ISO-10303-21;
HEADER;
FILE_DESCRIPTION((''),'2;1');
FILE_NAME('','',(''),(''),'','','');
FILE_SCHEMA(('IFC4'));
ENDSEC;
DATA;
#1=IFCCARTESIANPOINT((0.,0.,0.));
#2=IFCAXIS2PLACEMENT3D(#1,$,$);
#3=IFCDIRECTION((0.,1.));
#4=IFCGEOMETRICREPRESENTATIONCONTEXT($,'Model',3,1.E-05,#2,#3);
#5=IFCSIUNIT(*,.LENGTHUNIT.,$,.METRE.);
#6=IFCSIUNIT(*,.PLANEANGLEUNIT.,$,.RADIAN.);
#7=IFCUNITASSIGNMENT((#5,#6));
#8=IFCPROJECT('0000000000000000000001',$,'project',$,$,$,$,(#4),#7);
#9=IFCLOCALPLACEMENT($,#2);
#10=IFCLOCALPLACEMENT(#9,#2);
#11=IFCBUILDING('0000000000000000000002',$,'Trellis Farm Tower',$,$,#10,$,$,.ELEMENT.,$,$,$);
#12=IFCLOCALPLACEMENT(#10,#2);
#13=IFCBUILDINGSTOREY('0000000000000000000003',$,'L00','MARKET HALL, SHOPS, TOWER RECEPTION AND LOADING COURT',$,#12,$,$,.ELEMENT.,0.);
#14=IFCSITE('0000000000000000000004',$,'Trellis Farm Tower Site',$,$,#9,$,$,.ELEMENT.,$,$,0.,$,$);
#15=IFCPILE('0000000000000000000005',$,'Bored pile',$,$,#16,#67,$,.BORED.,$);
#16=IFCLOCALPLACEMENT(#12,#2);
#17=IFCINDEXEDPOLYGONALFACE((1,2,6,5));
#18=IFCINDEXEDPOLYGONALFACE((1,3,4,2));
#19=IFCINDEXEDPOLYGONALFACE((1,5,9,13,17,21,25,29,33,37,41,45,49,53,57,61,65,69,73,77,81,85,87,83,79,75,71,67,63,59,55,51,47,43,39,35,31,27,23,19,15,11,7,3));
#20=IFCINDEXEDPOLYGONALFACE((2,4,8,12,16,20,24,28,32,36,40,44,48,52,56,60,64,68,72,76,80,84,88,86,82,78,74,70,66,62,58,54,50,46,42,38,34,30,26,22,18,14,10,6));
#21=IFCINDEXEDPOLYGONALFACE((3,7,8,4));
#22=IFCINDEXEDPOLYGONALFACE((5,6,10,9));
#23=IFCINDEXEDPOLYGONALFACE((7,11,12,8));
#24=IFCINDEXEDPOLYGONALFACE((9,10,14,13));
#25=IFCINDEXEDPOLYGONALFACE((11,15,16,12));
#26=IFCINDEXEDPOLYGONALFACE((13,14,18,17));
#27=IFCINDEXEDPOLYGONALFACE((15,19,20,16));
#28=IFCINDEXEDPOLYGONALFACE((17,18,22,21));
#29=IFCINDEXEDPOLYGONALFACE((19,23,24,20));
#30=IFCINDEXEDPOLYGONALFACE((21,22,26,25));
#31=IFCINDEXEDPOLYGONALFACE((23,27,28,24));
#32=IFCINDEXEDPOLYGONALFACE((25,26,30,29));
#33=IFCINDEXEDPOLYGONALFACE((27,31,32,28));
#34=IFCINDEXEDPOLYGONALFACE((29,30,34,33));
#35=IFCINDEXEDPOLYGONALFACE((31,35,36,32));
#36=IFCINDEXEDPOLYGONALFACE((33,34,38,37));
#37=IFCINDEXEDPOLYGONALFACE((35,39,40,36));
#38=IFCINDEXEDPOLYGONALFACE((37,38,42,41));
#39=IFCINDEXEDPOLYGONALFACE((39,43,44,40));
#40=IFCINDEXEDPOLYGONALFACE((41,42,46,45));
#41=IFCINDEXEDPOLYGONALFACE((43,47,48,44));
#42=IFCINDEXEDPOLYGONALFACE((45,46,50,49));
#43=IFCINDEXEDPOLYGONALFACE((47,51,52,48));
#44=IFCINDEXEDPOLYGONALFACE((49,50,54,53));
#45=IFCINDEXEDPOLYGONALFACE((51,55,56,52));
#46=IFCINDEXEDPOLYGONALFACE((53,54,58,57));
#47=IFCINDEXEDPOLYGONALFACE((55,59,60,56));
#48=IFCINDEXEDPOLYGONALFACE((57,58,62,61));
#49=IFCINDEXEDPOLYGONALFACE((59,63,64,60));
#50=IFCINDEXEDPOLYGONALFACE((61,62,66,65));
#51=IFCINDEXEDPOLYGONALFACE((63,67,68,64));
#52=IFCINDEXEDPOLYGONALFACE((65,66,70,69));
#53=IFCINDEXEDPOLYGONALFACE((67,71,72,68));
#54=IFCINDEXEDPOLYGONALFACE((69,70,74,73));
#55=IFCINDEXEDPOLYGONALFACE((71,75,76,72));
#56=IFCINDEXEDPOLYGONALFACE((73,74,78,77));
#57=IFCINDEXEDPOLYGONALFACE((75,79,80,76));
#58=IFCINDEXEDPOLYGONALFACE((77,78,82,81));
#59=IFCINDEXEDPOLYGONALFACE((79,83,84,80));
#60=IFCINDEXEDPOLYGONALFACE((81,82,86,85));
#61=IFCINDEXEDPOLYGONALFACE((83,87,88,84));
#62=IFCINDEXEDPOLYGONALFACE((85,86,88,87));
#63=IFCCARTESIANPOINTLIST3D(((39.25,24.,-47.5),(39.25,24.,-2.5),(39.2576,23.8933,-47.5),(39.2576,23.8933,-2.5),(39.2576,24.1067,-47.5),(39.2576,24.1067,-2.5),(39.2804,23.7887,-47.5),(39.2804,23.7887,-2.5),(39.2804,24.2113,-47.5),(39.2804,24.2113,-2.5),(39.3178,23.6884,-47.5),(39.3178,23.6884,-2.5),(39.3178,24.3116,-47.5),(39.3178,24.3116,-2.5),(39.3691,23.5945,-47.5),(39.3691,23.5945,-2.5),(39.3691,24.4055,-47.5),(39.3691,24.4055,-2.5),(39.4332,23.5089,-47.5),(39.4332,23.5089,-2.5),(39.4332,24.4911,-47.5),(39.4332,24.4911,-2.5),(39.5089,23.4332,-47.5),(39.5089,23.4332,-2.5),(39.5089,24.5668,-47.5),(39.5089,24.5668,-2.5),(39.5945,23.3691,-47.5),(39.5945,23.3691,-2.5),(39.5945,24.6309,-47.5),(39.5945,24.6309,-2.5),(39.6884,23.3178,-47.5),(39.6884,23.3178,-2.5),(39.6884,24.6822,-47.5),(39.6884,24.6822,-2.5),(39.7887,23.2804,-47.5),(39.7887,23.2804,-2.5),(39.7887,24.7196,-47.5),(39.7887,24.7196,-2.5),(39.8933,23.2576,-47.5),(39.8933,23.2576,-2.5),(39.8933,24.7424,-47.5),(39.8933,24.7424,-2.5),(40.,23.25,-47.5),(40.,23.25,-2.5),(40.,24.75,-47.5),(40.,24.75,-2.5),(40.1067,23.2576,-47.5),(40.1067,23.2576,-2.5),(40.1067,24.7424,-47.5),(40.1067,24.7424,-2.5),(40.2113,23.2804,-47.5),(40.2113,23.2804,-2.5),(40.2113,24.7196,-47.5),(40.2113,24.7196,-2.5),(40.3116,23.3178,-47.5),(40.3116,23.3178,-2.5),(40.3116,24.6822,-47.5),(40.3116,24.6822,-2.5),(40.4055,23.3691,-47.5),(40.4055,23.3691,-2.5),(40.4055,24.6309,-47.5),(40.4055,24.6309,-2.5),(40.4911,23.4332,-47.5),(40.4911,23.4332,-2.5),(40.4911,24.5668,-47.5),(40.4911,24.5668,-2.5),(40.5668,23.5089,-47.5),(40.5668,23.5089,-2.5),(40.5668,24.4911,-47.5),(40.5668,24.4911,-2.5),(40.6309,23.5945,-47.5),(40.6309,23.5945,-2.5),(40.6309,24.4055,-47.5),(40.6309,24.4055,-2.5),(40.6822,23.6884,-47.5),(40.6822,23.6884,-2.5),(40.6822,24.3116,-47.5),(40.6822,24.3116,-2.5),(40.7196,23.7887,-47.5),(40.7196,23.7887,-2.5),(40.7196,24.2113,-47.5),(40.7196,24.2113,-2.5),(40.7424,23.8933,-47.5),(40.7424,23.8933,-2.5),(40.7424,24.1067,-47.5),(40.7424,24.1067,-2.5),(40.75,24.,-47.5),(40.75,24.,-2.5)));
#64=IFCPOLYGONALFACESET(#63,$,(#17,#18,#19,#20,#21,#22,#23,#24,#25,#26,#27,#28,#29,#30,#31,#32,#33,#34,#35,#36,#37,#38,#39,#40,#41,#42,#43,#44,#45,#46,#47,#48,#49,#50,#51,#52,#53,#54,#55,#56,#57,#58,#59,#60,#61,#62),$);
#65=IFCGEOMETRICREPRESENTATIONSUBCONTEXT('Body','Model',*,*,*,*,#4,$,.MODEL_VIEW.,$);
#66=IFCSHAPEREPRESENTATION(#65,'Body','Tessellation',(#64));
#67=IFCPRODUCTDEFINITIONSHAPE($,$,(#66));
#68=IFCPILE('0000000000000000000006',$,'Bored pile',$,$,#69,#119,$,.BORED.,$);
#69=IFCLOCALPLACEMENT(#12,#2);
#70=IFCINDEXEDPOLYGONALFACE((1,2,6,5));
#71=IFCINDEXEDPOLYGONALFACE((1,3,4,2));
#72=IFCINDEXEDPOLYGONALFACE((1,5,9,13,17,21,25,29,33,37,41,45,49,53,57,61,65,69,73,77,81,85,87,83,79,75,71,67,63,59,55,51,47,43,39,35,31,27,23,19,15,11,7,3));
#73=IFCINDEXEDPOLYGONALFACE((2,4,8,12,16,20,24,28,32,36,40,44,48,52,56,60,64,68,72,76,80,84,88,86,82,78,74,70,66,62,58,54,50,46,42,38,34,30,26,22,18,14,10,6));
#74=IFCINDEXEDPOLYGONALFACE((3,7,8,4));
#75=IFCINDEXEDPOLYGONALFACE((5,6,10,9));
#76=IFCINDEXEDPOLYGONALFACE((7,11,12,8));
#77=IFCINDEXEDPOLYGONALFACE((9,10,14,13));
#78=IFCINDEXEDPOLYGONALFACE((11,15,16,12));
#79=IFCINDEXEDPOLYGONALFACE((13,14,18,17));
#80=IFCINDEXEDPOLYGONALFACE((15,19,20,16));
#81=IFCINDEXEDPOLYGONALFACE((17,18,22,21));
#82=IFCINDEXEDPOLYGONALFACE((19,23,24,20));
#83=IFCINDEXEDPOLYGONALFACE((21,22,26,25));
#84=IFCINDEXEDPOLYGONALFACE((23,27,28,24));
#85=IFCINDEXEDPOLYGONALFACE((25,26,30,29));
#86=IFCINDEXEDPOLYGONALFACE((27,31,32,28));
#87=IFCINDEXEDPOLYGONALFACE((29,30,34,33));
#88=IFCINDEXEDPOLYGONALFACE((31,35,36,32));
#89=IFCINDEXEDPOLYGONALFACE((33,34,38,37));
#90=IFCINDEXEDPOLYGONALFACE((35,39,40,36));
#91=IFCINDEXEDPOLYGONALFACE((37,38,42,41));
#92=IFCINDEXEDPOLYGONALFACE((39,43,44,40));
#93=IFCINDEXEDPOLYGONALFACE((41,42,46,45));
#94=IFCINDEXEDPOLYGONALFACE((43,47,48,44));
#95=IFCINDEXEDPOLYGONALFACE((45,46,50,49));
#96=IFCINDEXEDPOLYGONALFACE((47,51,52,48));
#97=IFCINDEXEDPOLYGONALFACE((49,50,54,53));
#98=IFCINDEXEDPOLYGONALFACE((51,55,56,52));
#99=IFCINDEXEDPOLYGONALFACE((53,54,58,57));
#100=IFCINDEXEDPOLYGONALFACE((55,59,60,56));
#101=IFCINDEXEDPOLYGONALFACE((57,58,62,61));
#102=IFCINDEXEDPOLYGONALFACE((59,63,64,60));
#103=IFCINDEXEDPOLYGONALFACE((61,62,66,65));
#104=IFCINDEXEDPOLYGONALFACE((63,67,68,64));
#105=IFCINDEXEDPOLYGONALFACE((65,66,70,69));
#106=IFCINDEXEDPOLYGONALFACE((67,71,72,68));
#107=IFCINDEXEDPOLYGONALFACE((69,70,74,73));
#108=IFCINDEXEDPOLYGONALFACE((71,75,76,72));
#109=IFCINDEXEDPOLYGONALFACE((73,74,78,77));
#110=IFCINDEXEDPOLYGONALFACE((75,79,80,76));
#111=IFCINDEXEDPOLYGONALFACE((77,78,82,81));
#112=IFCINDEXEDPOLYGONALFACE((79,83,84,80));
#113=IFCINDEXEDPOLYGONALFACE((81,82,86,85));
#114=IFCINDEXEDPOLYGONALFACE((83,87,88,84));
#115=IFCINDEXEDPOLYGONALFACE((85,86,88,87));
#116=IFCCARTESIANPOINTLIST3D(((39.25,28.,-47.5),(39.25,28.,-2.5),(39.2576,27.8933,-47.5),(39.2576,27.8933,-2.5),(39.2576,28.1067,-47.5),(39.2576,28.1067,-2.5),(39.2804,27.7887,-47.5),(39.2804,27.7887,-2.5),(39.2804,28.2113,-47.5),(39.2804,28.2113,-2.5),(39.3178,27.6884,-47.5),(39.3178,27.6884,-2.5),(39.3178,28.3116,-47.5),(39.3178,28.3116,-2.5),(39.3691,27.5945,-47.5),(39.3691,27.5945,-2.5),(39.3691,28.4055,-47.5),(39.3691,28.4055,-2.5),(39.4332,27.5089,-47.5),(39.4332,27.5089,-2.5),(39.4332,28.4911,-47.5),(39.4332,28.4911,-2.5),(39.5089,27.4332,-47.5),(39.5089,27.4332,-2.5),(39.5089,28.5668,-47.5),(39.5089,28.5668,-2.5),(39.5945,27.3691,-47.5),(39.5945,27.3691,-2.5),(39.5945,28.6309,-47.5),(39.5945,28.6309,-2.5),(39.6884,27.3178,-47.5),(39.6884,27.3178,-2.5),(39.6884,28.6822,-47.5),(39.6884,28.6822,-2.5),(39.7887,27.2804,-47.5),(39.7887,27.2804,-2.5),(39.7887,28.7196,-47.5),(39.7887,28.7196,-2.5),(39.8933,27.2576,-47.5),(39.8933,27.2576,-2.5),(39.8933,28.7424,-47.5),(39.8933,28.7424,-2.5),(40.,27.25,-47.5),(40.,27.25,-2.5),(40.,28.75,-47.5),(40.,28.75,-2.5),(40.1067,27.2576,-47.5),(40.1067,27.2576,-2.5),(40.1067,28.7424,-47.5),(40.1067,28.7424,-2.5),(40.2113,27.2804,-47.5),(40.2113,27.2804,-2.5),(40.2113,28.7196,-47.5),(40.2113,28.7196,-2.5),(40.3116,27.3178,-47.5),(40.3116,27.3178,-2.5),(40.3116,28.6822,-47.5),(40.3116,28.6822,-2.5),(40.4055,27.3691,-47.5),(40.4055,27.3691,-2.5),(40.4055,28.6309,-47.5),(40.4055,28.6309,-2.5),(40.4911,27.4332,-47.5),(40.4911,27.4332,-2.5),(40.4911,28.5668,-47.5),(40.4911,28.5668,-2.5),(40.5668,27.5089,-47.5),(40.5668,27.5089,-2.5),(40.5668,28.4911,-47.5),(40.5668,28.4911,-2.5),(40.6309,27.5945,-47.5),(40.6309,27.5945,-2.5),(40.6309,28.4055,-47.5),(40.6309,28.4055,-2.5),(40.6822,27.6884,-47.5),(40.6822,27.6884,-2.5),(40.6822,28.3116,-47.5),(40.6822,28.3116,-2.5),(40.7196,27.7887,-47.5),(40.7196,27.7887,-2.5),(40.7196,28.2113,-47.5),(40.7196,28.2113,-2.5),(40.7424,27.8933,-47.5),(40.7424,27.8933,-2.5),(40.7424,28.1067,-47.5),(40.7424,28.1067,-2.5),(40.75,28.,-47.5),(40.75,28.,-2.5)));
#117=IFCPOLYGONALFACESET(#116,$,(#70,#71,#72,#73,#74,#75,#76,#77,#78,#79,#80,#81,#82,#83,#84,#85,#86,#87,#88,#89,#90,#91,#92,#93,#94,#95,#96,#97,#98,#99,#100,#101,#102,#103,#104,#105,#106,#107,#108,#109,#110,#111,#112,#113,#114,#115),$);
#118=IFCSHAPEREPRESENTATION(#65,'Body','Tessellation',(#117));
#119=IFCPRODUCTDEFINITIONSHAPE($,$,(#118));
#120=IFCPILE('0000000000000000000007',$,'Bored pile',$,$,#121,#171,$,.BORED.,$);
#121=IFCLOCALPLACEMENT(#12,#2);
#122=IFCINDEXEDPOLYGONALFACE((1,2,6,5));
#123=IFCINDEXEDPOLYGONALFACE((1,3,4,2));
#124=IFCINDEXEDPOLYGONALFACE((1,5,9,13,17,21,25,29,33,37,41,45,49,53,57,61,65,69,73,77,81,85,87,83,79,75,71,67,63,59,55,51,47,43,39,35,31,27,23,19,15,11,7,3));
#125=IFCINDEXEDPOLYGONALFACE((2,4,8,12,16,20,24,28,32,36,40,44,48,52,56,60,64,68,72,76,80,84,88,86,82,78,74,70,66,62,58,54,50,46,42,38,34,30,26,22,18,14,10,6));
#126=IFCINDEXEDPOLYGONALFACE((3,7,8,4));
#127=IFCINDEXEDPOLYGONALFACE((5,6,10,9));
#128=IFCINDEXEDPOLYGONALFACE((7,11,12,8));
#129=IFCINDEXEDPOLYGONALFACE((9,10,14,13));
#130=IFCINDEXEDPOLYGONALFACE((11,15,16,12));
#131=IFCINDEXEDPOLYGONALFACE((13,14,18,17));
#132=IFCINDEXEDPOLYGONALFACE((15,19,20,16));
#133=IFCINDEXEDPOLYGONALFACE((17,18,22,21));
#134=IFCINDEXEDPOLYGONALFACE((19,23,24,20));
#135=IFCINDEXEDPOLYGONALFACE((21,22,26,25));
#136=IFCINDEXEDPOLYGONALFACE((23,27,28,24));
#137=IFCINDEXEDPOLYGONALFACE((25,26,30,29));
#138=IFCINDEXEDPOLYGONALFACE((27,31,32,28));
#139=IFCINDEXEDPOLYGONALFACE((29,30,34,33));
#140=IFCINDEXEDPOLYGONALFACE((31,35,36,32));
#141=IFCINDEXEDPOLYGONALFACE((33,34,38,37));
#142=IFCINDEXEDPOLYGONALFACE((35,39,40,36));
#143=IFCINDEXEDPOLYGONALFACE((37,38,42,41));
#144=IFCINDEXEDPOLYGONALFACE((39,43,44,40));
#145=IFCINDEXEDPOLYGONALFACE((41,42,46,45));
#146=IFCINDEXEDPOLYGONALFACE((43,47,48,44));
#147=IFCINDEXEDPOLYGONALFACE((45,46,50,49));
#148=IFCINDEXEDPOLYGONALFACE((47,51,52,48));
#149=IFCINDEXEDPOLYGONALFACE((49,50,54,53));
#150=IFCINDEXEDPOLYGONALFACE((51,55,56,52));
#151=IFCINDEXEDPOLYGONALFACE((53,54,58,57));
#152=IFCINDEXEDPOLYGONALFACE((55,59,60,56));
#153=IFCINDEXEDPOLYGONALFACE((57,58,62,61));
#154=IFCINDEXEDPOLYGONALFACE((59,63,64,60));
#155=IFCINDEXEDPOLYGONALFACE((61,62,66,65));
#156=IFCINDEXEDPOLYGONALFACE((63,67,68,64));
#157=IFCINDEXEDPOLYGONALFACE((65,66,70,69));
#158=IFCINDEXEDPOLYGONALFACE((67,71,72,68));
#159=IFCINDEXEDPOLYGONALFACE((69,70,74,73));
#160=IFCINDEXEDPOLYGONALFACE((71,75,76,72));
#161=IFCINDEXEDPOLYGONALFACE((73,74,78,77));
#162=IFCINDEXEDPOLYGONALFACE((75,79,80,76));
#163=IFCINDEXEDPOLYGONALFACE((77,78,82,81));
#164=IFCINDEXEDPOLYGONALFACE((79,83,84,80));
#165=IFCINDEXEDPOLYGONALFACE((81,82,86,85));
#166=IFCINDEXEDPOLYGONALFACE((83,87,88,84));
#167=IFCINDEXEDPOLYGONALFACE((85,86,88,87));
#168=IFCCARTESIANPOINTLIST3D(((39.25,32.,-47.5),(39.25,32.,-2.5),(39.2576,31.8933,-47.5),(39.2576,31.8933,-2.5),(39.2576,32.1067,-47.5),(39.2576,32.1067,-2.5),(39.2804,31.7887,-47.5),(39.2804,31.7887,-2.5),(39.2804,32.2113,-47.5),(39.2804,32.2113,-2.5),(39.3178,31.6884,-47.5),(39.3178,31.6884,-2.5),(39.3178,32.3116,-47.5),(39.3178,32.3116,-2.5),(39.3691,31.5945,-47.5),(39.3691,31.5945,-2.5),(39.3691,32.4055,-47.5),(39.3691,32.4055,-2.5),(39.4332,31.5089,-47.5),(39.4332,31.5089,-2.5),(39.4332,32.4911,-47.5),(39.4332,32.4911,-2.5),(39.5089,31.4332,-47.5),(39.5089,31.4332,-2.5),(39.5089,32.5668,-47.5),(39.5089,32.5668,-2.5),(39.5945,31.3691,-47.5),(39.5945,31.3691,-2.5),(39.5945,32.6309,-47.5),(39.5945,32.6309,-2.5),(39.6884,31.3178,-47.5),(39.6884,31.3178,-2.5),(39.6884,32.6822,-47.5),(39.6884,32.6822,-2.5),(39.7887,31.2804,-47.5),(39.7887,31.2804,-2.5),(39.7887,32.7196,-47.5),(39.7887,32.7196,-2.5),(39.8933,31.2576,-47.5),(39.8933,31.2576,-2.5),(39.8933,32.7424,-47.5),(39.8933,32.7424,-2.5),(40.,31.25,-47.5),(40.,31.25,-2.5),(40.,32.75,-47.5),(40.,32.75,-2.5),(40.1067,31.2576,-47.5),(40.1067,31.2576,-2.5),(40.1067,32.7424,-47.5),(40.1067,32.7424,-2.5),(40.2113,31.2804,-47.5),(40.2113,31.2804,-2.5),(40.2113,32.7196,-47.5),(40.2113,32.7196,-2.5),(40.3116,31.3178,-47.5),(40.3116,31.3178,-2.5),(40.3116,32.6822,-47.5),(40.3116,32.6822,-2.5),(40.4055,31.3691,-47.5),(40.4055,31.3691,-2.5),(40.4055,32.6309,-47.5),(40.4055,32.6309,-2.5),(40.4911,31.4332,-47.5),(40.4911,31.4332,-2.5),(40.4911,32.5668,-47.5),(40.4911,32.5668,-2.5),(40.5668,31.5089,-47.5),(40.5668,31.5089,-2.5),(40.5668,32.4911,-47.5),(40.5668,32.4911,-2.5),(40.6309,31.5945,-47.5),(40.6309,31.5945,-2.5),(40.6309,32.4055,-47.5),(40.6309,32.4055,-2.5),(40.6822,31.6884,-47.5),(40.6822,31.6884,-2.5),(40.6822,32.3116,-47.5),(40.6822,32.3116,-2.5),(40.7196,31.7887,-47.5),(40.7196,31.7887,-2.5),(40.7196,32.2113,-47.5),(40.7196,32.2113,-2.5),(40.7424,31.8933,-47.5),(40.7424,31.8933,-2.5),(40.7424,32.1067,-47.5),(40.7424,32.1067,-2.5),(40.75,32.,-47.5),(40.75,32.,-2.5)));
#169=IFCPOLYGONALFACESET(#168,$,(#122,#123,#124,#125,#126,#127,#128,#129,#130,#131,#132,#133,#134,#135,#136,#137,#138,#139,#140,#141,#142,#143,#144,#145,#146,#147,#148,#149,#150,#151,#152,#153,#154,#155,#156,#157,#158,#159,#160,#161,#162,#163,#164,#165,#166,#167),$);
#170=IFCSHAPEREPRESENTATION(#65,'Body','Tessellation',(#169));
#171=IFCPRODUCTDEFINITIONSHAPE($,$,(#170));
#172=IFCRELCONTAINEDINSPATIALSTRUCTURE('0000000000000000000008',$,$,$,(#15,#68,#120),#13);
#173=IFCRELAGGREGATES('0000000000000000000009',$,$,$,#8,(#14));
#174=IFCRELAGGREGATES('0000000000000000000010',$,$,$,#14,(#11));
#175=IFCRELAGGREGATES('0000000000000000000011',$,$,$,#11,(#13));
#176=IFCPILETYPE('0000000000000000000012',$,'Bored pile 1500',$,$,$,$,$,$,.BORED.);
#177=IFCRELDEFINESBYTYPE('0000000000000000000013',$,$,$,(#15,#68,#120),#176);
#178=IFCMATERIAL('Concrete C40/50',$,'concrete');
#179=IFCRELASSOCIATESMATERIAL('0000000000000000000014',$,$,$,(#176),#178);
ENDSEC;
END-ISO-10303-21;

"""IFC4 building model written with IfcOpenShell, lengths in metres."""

from ifc_helpers import new_model, si_unit, direction, frame, origin, origin_2d, place, context, subcontext, project, spatial, circle, extrude, source, transform, mapped, material, material_profile, profile_set, type_object, element, save


model = new_model("IFC4")

# Units and contexts
model_context = context("Model", 3, precision=1e-05, world=origin(), true_north=direction((0.0, 1.0)))
body_context = subcontext(model_context, "Body", "Model", "MODEL_VIEW")
ifc_project = project(units=[si_unit("LENGTHUNIT", "METRE"), si_unit("PLANEANGLEUNIT", "RADIAN")], contexts=[model_context])

# Site, building, storey
site_placement = place(None, origin())
site = spatial("IfcSite", under=ifc_project, at=site_placement, Name="Trellis Farm Tower Site", CompositionType="ELEMENT", RefElevation=0.0)
building_placement = place(site_placement, origin())
building = spatial("IfcBuilding", under=site, at=building_placement, Name="Trellis Farm Tower", CompositionType="ELEMENT")
storey_placement = place(building_placement, origin())
storey = spatial("IfcBuildingStorey", under=building, at=storey_placement, Name="L00", Description="MARKET HALL, SHOPS, TOWER RECEPTION AND LOADING COURT", CompositionType="ELEMENT", Elevation=0.0)

# Piles
ifc_material_1 = material(Name="Concrete C40/50", Category="concrete")
ifc_material_profile_1 = material_profile(ifc_material_1, circle(Radius=0.75, at=origin_2d()), Name="Bored pile 1500")
ifc_profile_set_1 = profile_set([ifc_material_profile_1], Name="Concrete C40/50")
pile_type = type_object("IfcPileType", Name="Bored pile 1500", PredefinedType="BORED", material=ifc_profile_set_1)
shared_shape_1 = source(origin(), body_context, "Body", "SweptSolid", [
    extrude(circle(Radius=0.75, at=origin_2d()), origin(), (0.0, 0.0, 1.0), 45.0),
])
for number, where, z_axis, x_axis, name in (
    (1, (40.0, 24.0, -2.5), (0.0, 0.0, -1.0), (1.0, 0.0, 0.0), "Bored pile"),
    (2, (40.0, 28.0, -2.5), (0.0, 0.0, -1.0), (1.0, 0.0, 0.0), "Bored pile"),
    (3, (40.0, 32.0, -2.5), (0.0, 0.0, -1.0), (1.0, 0.0, 0.0), "Bored pile"),
):
    element("IfcPile", number, at=place(storey_placement, frame(where, z_axis=z_axis, x_axis=x_axis)), inside=storey, type_object=pile_type, Name=name, PredefinedType="BORED", context=body_context, shape_type="MappedRepresentation", body=[
        mapped(shared_shape_1, transform((0.0, 0.0, 0.0))),
    ])

save(model, "model.ifc")
